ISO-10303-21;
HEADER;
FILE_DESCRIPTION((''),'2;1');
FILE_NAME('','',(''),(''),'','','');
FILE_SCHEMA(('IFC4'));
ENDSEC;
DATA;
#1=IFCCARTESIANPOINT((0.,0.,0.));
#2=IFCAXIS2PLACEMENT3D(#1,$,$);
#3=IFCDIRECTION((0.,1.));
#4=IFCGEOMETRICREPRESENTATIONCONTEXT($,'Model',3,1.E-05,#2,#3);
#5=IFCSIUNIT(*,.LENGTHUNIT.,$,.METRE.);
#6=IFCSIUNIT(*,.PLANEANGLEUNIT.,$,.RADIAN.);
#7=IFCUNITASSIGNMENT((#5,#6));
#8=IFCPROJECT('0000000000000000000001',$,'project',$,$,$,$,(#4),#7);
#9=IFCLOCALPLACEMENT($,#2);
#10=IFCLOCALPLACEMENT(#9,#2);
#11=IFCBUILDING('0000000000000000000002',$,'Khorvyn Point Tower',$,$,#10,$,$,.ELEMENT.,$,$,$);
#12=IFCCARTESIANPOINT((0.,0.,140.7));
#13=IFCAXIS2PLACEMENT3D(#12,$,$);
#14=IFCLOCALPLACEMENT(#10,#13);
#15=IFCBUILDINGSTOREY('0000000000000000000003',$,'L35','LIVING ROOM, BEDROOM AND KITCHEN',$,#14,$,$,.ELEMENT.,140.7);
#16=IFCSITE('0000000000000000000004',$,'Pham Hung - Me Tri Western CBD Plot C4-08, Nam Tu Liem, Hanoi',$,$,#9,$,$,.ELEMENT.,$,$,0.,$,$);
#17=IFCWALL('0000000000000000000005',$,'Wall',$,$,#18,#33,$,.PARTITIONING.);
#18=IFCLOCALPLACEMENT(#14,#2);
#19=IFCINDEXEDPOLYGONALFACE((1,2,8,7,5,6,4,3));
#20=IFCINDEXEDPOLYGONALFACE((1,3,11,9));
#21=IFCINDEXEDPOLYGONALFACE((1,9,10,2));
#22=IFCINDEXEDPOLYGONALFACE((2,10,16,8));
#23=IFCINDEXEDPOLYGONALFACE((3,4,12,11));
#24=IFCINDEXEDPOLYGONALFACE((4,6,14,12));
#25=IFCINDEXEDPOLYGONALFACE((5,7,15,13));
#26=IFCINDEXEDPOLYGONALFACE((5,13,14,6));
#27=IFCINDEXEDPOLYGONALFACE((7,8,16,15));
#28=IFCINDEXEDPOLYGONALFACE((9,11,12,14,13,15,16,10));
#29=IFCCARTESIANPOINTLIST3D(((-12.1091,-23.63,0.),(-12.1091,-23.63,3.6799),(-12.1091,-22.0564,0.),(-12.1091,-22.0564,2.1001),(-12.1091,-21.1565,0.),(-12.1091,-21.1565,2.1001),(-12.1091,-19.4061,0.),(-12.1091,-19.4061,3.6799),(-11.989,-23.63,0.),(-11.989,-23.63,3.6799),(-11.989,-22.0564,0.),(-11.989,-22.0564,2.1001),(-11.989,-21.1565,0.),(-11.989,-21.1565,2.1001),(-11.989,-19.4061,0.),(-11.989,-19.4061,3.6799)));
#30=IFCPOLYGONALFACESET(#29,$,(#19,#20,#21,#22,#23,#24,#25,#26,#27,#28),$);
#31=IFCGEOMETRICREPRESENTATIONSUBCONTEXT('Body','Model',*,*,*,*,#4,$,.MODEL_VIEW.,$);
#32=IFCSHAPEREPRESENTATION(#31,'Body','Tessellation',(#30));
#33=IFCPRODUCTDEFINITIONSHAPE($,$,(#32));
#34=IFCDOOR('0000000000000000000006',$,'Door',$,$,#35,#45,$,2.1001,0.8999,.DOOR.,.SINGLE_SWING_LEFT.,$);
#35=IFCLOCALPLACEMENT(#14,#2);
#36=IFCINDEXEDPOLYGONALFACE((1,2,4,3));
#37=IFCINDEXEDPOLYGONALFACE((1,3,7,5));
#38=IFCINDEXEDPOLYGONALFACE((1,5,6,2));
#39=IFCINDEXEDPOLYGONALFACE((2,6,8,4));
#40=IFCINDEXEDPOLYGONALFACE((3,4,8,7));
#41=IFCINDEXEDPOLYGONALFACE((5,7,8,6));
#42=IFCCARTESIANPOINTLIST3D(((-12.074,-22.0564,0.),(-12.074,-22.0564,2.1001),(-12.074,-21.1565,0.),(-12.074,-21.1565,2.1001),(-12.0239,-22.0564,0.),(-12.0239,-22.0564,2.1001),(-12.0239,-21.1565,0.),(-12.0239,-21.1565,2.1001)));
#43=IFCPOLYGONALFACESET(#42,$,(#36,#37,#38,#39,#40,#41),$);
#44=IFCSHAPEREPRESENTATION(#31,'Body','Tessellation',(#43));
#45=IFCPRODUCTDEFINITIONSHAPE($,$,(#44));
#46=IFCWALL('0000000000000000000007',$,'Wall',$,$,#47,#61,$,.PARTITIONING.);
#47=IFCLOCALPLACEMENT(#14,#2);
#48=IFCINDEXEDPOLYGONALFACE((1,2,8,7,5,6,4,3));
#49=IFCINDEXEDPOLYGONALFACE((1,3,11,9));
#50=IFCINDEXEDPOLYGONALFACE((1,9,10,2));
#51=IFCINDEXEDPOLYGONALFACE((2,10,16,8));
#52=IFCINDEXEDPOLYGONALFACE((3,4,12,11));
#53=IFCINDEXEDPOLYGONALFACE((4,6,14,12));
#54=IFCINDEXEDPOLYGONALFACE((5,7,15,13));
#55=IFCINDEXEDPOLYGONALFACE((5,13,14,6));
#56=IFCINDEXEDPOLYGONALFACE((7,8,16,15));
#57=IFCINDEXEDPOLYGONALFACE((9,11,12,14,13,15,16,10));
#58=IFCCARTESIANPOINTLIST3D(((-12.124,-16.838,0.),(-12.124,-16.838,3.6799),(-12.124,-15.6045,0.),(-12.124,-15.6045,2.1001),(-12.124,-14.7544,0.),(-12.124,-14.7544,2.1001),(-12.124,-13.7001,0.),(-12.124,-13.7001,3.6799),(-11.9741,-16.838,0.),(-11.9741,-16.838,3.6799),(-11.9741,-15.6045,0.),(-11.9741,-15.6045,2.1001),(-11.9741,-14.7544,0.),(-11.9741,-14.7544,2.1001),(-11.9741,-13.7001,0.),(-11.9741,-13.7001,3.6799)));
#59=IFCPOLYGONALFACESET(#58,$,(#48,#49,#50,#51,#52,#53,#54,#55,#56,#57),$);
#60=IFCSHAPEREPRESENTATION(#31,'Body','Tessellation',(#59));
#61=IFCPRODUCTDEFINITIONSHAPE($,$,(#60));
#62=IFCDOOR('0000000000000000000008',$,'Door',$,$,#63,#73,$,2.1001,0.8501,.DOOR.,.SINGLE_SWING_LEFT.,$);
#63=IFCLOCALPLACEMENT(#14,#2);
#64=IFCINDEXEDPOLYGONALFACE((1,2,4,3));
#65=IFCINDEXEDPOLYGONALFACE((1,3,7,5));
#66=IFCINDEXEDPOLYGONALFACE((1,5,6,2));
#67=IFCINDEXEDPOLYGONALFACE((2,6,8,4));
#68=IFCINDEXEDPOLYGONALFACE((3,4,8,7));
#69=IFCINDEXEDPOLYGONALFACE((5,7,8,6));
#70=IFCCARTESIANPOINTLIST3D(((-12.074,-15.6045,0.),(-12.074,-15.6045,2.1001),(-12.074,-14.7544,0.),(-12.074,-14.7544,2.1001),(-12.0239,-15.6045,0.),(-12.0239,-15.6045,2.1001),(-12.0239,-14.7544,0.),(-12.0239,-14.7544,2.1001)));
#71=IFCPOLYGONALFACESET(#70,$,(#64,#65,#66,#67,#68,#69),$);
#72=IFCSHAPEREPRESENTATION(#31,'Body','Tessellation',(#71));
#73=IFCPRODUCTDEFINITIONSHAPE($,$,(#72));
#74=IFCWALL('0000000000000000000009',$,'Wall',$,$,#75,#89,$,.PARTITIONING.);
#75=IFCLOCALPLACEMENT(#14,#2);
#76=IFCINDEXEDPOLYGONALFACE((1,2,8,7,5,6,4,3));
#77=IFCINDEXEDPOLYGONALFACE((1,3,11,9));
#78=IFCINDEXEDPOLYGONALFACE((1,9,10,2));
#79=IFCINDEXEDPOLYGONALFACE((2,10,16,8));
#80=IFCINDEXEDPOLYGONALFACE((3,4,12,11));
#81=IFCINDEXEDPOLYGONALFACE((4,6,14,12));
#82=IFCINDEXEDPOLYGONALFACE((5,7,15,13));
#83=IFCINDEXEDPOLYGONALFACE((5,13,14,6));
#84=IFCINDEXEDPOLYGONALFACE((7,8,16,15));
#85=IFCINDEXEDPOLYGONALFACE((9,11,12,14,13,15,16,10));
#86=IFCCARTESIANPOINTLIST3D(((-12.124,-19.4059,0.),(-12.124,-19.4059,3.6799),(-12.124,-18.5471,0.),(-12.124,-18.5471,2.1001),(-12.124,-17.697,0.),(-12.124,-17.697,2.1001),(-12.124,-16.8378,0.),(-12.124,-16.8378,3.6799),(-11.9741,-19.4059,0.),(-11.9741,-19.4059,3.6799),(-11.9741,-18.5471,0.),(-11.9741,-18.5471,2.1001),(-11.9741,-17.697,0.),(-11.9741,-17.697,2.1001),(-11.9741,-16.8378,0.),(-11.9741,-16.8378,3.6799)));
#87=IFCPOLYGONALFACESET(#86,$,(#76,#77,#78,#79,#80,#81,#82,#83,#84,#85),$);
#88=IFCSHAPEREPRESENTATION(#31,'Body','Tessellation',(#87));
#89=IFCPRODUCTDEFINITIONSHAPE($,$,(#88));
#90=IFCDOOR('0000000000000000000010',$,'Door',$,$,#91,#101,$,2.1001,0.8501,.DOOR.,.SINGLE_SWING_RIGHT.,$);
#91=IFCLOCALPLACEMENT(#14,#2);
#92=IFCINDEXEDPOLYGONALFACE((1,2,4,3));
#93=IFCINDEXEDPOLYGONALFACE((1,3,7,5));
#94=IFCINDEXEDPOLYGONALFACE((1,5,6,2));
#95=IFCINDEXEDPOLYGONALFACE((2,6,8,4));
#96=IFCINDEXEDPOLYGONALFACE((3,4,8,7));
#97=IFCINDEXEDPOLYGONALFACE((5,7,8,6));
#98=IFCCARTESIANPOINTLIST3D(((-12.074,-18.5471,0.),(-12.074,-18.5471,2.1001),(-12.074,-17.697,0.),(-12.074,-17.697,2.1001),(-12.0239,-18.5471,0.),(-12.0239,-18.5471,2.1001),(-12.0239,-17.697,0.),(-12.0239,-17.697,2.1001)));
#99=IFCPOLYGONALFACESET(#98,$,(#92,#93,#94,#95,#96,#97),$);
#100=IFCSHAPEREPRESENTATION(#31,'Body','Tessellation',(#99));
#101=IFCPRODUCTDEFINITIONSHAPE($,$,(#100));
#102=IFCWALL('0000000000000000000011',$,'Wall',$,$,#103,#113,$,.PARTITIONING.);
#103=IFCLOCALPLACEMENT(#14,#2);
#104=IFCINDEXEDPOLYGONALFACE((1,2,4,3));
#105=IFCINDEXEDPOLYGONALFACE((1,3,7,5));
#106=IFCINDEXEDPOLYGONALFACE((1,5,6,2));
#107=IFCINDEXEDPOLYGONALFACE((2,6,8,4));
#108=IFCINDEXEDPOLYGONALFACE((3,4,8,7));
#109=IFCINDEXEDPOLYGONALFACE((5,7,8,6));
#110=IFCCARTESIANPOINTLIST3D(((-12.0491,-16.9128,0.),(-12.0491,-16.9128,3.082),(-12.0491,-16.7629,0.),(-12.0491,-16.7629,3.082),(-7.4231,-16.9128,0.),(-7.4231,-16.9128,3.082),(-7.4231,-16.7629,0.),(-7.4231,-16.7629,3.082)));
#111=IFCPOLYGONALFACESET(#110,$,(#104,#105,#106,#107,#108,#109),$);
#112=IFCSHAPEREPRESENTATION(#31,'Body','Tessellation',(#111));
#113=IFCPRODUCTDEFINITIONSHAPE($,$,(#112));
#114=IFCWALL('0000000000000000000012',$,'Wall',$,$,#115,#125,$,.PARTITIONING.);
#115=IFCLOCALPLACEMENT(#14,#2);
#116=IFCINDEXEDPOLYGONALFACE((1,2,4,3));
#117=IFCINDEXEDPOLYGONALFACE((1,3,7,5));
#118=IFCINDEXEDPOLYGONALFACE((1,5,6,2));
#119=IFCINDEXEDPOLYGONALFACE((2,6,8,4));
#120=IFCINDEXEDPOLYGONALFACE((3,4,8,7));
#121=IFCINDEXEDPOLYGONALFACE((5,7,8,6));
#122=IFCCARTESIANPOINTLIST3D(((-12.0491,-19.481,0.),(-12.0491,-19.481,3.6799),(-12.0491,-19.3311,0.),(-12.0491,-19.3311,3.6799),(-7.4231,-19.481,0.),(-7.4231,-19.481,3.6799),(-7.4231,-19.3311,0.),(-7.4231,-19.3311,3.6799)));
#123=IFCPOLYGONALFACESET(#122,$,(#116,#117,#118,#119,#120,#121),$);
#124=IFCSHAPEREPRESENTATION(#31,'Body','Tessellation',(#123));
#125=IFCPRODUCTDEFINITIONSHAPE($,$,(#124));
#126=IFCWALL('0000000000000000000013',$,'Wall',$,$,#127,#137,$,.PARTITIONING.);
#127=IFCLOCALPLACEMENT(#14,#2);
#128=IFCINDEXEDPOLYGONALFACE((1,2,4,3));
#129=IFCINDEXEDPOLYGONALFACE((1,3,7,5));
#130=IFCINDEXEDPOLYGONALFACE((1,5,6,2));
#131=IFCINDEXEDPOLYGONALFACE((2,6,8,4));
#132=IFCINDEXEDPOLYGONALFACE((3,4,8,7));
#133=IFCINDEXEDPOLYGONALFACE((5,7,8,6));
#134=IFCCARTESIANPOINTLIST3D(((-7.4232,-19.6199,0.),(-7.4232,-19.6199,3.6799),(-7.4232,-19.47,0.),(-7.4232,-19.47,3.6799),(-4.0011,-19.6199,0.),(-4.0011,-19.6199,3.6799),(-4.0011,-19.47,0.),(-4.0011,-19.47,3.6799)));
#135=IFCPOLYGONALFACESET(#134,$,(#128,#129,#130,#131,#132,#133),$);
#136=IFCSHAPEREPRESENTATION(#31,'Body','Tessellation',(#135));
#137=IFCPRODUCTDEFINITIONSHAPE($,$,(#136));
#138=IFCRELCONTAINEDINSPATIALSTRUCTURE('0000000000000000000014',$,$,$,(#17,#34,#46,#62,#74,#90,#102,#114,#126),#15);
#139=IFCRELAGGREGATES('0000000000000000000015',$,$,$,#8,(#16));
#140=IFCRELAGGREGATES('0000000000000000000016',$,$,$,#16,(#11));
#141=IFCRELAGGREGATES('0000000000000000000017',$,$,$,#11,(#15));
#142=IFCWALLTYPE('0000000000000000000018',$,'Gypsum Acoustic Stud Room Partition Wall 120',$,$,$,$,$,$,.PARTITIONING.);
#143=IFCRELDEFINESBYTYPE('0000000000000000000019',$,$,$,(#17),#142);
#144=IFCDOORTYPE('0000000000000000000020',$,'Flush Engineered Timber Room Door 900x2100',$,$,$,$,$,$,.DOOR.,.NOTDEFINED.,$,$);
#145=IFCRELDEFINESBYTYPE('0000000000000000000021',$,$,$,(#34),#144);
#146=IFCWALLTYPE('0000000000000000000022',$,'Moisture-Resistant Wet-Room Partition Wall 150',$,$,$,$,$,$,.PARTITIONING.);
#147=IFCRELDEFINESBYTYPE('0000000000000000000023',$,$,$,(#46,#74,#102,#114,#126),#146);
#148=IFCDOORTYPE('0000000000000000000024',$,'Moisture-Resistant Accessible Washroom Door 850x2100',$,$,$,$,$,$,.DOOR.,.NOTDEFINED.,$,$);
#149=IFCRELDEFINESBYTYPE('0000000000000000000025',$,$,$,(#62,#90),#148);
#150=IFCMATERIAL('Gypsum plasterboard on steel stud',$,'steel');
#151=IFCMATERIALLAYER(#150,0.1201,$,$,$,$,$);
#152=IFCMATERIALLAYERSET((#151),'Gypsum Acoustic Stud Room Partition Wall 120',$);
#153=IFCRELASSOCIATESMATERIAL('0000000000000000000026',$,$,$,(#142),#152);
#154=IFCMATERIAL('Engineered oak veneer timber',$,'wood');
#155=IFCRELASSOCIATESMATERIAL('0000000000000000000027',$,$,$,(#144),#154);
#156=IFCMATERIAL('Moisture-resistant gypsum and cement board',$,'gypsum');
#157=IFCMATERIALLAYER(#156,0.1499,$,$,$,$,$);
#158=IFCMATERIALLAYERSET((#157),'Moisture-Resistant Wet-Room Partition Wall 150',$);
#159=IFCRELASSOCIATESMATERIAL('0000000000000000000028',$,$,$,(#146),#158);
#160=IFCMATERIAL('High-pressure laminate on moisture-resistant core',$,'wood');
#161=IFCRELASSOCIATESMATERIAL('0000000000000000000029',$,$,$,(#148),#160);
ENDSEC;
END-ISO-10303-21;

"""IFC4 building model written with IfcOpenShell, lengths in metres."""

from ifc_helpers import new_model, si_unit, direction, frame, frame_2d, origin, place, context, subcontext, project, spatial, rectangle, extrude, material, layer, layer_set, type_object, element, fill, save


model = new_model("IFC4")

# Units and contexts
model_context = context("Model", 3, precision=1e-05, world=origin(), true_north=direction((0.0, 1.0)))
body_context = subcontext(model_context, "Body", "Model", "MODEL_VIEW")
ifc_project = project(units=[si_unit("LENGTHUNIT", "METRE"), si_unit("PLANEANGLEUNIT", "RADIAN")], contexts=[model_context])

# Site, building, storey
site_placement = place(None, origin())
site = spatial("IfcSite", under=ifc_project, at=site_placement, Name="Pham Hung - Me Tri Western CBD Plot C4-08, Nam Tu Liem, Hanoi", CompositionType="ELEMENT", RefElevation=0.0)
building_placement = place(site_placement, origin())
building = spatial("IfcBuilding", under=site, at=building_placement, Name="Khorvyn Point Tower", CompositionType="ELEMENT")
storey_placement = place(building_placement, frame((0.0, 0.0, 140.7)))
storey = spatial("IfcBuildingStorey", under=building, at=storey_placement, Name="L35", Description="LIVING ROOM, BEDROOM AND KITCHEN", CompositionType="ELEMENT", Elevation=140.7)

# Walls, openings, doors
ifc_material_1 = material(Name="Gypsum plasterboard on steel stud", Category="steel")
ifc_layer_1 = layer(ifc_material_1, 0.1201)
ifc_layer_set_1 = layer_set([ifc_layer_1], Name="Gypsum Acoustic Stud Room Partition Wall 120")
wall_type_1 = type_object("IfcWallType", Name="Gypsum Acoustic Stud Room Partition Wall 120", PredefinedType="PARTITIONING", material=ifc_layer_set_1)
wall_1_placement = place(storey_placement, frame((-12.0491, -23.6299, 0.0), z_axis=(0.0, 0.0, 1.0), x_axis=(0.0, 1.0, 0.0)))
wall_1 = element("IfcWall", 1, at=wall_1_placement, inside=storey, type_object=wall_type_1, Name="Wall", PredefinedType="PARTITIONING", context=body_context, shape_type="SweptSolid", body=[
    extrude(rectangle(XDim=4.2239, YDim=0.1201, at=frame_2d((2.1118, 0.0))), origin(), (0.0, 0.0, 1.0), 3.6799),
])
opening_1_placement = place(wall_1_placement, frame((1.5735, 0.0, 0.0)))
opening_1 = element("IfcOpeningElement", 2, at=opening_1_placement, cuts=wall_1, PredefinedType="OPENING", context=body_context, shape_type="SweptSolid", body=[
    extrude(rectangle(XDim=0.8999, YDim=2.1001, at=frame_2d((0.45, 1.05))), frame((0.0, 0.0701, 0.0), z_axis=(0.0, -1.0, 0.0), x_axis=(1.0, 0.0, 0.0)), (0.0, 0.0, 1.0), 0.1401),
])
ifc_material_2 = material(Name="Engineered oak veneer timber", Category="wood")
door_type_1 = type_object("IfcDoorType", Name="Flush Engineered Timber Room Door 900x2100", OperationType="NOTDEFINED", PredefinedType="DOOR", material=ifc_material_2)
door_1_placement = place(opening_1_placement, origin())
door_1 = element("IfcDoor", 3, at=door_1_placement, inside=storey, type_object=door_type_1, Name="Door", OperationType="SINGLE_SWING_LEFT", OverallHeight=2.1001, OverallWidth=0.8999, PredefinedType="DOOR", context=body_context, shape_type="SweptSolid", body=[
    extrude(rectangle(XDim=0.8999, YDim=2.1001, at=frame_2d((0.45, 1.05))), frame((0.0, 0.0249, 0.0), z_axis=(0.0, -1.0, 0.0), x_axis=(1.0, 0.0, 0.0)), (0.0, 0.0, 1.0), 0.05),
])
fill(opening_1, door_1)
ifc_material_3 = material(Name="Moisture-resistant gypsum and cement board", Category="gypsum")
ifc_layer_2 = layer(ifc_material_3, 0.1499)
ifc_layer_set_2 = layer_set([ifc_layer_2], Name="Moisture-Resistant Wet-Room Partition Wall 150")
wall_type_2 = type_object("IfcWallType", Name="Moisture-Resistant Wet-Room Partition Wall 150", PredefinedType="PARTITIONING", material=ifc_layer_set_2)
wall_2_placement = place(storey_placement, frame((-12.0491, -16.8379, 0.0), z_axis=(0.0, 0.0, 1.0), x_axis=(0.0, 1.0, 0.0)))
wall_2 = element("IfcWall", 4, at=wall_2_placement, inside=storey, type_object=wall_type_2, Name="Wall", PredefinedType="PARTITIONING", context=body_context, shape_type="SweptSolid", body=[
    extrude(rectangle(XDim=3.1379, YDim=0.1499, at=frame_2d((1.5688, 0.0))), origin(), (0.0, 0.0, 1.0), 3.6799),
])
opening_2_placement = place(wall_2_placement, frame((1.2334, 0.0, 0.0)))
opening_2 = element("IfcOpeningElement", 5, at=opening_2_placement, cuts=wall_2, PredefinedType="OPENING", context=body_context, shape_type="SweptSolid", body=[
    extrude(rectangle(XDim=0.8501, YDim=2.1001, at=frame_2d((0.425, 1.05))), frame((0.0, 0.085, 0.0), z_axis=(0.0, -1.0, 0.0), x_axis=(1.0, 0.0, 0.0)), (0.0, 0.0, 1.0), 0.1699),
])
ifc_material_4 = material(Name="High-pressure laminate on moisture-resistant core", Category="wood")
door_type_2 = type_object("IfcDoorType", Name="Moisture-Resistant Accessible Washroom Door 850x2100", OperationType="NOTDEFINED", PredefinedType="DOOR", material=ifc_material_4)
door_2_placement = place(opening_2_placement, origin())
door_2 = element("IfcDoor", 6, at=door_2_placement, inside=storey, type_object=door_type_2, Name="Door", OperationType="SINGLE_SWING_LEFT", OverallHeight=2.1001, OverallWidth=0.8501, PredefinedType="DOOR", context=body_context, shape_type="SweptSolid", body=[
    extrude(rectangle(XDim=0.8501, YDim=2.1001, at=frame_2d((0.425, 1.05))), frame((0.0, 0.0249, 0.0), z_axis=(0.0, -1.0, 0.0), x_axis=(1.0, 0.0, 0.0)), (0.0, 0.0, 1.0), 0.05),
])
fill(opening_2, door_2)
wall_3_placement = place(storey_placement, frame((-12.0491, -19.406, 0.0), z_axis=(0.0, 0.0, 1.0), x_axis=(0.0, 1.0, 0.0)))
wall_3 = element("IfcWall", 7, at=wall_3_placement, inside=storey, type_object=wall_type_2, Name="Wall", PredefinedType="PARTITIONING", context=body_context, shape_type="SweptSolid", body=[
    extrude(rectangle(XDim=2.5681, YDim=0.1499, at=frame_2d((1.2842, 0.0))), origin(), (0.0, 0.0, 1.0), 3.6799),
])
opening_3_placement = place(wall_3_placement, frame((0.8589, 0.0, 0.0)))
opening_3 = element("IfcOpeningElement", 8, at=opening_3_placement, cuts=wall_3, PredefinedType="OPENING", context=body_context, shape_type="SweptSolid", body=[
    extrude(rectangle(XDim=0.8501, YDim=2.1001, at=frame_2d((0.425, 1.05))), frame((0.0, 0.085, 0.0), z_axis=(0.0, -1.0, 0.0), x_axis=(1.0, 0.0, 0.0)), (0.0, 0.0, 1.0), 0.1699),
])
door_3_placement = place(opening_3_placement, origin())
door_3 = element("IfcDoor", 9, at=door_3_placement, inside=storey, type_object=door_type_2, Name="Door", OperationType="SINGLE_SWING_RIGHT", OverallHeight=2.1001, OverallWidth=0.8501, PredefinedType="DOOR", context=body_context, shape_type="SweptSolid", body=[
    extrude(rectangle(XDim=0.8501, YDim=2.1001, at=frame_2d((0.425, 1.05))), frame((0.0, 0.0249, 0.0), z_axis=(0.0, -1.0, 0.0), x_axis=(1.0, 0.0, 0.0)), (0.0, 0.0, 1.0), 0.05),
])
fill(opening_3, door_3)

# Walls
wall_4_placement = place(storey_placement, frame((-12.0491, -16.8379, 0.0), z_axis=(0.0, 0.0, 1.0), x_axis=(1.0, 0.0, 0.0)))
element("IfcWall", 10, at=wall_4_placement, inside=storey, type_object=wall_type_2, Name="Wall", PredefinedType="PARTITIONING", context=body_context, shape_type="SweptSolid", body=[
    extrude(rectangle(XDim=4.626, YDim=0.1499, at=frame_2d((2.313, 0.0))), origin(), (0.0, 0.0, 1.0), 3.082),
])
wall_5_placement = place(storey_placement, frame((-12.0491, -19.406, 0.0), z_axis=(0.0, 0.0, 1.0), x_axis=(1.0, 0.0, 0.0)))
element("IfcWall", 11, at=wall_5_placement, inside=storey, type_object=wall_type_2, Name="Wall", PredefinedType="PARTITIONING", context=body_context, shape_type="SweptSolid", body=[
    extrude(rectangle(XDim=4.626, YDim=0.1499, at=frame_2d((2.313, 0.0))), origin(), (0.0, 0.0, 1.0), 3.6799),
])
wall_6_placement = place(storey_placement, frame((-7.4231, -19.5449, 0.0), z_axis=(0.0, 0.0, 1.0), x_axis=(1.0, 0.0, 0.0)))
element("IfcWall", 12, at=wall_6_placement, inside=storey, type_object=wall_type_2, Name="Wall", PredefinedType="PARTITIONING", context=body_context, shape_type="SweptSolid", body=[
    extrude(rectangle(XDim=3.4221, YDim=0.1499, at=frame_2d((1.7109, 0.0))), origin(), (0.0, 0.0, 1.0), 3.6799),
])

save(model, "model.ifc")
